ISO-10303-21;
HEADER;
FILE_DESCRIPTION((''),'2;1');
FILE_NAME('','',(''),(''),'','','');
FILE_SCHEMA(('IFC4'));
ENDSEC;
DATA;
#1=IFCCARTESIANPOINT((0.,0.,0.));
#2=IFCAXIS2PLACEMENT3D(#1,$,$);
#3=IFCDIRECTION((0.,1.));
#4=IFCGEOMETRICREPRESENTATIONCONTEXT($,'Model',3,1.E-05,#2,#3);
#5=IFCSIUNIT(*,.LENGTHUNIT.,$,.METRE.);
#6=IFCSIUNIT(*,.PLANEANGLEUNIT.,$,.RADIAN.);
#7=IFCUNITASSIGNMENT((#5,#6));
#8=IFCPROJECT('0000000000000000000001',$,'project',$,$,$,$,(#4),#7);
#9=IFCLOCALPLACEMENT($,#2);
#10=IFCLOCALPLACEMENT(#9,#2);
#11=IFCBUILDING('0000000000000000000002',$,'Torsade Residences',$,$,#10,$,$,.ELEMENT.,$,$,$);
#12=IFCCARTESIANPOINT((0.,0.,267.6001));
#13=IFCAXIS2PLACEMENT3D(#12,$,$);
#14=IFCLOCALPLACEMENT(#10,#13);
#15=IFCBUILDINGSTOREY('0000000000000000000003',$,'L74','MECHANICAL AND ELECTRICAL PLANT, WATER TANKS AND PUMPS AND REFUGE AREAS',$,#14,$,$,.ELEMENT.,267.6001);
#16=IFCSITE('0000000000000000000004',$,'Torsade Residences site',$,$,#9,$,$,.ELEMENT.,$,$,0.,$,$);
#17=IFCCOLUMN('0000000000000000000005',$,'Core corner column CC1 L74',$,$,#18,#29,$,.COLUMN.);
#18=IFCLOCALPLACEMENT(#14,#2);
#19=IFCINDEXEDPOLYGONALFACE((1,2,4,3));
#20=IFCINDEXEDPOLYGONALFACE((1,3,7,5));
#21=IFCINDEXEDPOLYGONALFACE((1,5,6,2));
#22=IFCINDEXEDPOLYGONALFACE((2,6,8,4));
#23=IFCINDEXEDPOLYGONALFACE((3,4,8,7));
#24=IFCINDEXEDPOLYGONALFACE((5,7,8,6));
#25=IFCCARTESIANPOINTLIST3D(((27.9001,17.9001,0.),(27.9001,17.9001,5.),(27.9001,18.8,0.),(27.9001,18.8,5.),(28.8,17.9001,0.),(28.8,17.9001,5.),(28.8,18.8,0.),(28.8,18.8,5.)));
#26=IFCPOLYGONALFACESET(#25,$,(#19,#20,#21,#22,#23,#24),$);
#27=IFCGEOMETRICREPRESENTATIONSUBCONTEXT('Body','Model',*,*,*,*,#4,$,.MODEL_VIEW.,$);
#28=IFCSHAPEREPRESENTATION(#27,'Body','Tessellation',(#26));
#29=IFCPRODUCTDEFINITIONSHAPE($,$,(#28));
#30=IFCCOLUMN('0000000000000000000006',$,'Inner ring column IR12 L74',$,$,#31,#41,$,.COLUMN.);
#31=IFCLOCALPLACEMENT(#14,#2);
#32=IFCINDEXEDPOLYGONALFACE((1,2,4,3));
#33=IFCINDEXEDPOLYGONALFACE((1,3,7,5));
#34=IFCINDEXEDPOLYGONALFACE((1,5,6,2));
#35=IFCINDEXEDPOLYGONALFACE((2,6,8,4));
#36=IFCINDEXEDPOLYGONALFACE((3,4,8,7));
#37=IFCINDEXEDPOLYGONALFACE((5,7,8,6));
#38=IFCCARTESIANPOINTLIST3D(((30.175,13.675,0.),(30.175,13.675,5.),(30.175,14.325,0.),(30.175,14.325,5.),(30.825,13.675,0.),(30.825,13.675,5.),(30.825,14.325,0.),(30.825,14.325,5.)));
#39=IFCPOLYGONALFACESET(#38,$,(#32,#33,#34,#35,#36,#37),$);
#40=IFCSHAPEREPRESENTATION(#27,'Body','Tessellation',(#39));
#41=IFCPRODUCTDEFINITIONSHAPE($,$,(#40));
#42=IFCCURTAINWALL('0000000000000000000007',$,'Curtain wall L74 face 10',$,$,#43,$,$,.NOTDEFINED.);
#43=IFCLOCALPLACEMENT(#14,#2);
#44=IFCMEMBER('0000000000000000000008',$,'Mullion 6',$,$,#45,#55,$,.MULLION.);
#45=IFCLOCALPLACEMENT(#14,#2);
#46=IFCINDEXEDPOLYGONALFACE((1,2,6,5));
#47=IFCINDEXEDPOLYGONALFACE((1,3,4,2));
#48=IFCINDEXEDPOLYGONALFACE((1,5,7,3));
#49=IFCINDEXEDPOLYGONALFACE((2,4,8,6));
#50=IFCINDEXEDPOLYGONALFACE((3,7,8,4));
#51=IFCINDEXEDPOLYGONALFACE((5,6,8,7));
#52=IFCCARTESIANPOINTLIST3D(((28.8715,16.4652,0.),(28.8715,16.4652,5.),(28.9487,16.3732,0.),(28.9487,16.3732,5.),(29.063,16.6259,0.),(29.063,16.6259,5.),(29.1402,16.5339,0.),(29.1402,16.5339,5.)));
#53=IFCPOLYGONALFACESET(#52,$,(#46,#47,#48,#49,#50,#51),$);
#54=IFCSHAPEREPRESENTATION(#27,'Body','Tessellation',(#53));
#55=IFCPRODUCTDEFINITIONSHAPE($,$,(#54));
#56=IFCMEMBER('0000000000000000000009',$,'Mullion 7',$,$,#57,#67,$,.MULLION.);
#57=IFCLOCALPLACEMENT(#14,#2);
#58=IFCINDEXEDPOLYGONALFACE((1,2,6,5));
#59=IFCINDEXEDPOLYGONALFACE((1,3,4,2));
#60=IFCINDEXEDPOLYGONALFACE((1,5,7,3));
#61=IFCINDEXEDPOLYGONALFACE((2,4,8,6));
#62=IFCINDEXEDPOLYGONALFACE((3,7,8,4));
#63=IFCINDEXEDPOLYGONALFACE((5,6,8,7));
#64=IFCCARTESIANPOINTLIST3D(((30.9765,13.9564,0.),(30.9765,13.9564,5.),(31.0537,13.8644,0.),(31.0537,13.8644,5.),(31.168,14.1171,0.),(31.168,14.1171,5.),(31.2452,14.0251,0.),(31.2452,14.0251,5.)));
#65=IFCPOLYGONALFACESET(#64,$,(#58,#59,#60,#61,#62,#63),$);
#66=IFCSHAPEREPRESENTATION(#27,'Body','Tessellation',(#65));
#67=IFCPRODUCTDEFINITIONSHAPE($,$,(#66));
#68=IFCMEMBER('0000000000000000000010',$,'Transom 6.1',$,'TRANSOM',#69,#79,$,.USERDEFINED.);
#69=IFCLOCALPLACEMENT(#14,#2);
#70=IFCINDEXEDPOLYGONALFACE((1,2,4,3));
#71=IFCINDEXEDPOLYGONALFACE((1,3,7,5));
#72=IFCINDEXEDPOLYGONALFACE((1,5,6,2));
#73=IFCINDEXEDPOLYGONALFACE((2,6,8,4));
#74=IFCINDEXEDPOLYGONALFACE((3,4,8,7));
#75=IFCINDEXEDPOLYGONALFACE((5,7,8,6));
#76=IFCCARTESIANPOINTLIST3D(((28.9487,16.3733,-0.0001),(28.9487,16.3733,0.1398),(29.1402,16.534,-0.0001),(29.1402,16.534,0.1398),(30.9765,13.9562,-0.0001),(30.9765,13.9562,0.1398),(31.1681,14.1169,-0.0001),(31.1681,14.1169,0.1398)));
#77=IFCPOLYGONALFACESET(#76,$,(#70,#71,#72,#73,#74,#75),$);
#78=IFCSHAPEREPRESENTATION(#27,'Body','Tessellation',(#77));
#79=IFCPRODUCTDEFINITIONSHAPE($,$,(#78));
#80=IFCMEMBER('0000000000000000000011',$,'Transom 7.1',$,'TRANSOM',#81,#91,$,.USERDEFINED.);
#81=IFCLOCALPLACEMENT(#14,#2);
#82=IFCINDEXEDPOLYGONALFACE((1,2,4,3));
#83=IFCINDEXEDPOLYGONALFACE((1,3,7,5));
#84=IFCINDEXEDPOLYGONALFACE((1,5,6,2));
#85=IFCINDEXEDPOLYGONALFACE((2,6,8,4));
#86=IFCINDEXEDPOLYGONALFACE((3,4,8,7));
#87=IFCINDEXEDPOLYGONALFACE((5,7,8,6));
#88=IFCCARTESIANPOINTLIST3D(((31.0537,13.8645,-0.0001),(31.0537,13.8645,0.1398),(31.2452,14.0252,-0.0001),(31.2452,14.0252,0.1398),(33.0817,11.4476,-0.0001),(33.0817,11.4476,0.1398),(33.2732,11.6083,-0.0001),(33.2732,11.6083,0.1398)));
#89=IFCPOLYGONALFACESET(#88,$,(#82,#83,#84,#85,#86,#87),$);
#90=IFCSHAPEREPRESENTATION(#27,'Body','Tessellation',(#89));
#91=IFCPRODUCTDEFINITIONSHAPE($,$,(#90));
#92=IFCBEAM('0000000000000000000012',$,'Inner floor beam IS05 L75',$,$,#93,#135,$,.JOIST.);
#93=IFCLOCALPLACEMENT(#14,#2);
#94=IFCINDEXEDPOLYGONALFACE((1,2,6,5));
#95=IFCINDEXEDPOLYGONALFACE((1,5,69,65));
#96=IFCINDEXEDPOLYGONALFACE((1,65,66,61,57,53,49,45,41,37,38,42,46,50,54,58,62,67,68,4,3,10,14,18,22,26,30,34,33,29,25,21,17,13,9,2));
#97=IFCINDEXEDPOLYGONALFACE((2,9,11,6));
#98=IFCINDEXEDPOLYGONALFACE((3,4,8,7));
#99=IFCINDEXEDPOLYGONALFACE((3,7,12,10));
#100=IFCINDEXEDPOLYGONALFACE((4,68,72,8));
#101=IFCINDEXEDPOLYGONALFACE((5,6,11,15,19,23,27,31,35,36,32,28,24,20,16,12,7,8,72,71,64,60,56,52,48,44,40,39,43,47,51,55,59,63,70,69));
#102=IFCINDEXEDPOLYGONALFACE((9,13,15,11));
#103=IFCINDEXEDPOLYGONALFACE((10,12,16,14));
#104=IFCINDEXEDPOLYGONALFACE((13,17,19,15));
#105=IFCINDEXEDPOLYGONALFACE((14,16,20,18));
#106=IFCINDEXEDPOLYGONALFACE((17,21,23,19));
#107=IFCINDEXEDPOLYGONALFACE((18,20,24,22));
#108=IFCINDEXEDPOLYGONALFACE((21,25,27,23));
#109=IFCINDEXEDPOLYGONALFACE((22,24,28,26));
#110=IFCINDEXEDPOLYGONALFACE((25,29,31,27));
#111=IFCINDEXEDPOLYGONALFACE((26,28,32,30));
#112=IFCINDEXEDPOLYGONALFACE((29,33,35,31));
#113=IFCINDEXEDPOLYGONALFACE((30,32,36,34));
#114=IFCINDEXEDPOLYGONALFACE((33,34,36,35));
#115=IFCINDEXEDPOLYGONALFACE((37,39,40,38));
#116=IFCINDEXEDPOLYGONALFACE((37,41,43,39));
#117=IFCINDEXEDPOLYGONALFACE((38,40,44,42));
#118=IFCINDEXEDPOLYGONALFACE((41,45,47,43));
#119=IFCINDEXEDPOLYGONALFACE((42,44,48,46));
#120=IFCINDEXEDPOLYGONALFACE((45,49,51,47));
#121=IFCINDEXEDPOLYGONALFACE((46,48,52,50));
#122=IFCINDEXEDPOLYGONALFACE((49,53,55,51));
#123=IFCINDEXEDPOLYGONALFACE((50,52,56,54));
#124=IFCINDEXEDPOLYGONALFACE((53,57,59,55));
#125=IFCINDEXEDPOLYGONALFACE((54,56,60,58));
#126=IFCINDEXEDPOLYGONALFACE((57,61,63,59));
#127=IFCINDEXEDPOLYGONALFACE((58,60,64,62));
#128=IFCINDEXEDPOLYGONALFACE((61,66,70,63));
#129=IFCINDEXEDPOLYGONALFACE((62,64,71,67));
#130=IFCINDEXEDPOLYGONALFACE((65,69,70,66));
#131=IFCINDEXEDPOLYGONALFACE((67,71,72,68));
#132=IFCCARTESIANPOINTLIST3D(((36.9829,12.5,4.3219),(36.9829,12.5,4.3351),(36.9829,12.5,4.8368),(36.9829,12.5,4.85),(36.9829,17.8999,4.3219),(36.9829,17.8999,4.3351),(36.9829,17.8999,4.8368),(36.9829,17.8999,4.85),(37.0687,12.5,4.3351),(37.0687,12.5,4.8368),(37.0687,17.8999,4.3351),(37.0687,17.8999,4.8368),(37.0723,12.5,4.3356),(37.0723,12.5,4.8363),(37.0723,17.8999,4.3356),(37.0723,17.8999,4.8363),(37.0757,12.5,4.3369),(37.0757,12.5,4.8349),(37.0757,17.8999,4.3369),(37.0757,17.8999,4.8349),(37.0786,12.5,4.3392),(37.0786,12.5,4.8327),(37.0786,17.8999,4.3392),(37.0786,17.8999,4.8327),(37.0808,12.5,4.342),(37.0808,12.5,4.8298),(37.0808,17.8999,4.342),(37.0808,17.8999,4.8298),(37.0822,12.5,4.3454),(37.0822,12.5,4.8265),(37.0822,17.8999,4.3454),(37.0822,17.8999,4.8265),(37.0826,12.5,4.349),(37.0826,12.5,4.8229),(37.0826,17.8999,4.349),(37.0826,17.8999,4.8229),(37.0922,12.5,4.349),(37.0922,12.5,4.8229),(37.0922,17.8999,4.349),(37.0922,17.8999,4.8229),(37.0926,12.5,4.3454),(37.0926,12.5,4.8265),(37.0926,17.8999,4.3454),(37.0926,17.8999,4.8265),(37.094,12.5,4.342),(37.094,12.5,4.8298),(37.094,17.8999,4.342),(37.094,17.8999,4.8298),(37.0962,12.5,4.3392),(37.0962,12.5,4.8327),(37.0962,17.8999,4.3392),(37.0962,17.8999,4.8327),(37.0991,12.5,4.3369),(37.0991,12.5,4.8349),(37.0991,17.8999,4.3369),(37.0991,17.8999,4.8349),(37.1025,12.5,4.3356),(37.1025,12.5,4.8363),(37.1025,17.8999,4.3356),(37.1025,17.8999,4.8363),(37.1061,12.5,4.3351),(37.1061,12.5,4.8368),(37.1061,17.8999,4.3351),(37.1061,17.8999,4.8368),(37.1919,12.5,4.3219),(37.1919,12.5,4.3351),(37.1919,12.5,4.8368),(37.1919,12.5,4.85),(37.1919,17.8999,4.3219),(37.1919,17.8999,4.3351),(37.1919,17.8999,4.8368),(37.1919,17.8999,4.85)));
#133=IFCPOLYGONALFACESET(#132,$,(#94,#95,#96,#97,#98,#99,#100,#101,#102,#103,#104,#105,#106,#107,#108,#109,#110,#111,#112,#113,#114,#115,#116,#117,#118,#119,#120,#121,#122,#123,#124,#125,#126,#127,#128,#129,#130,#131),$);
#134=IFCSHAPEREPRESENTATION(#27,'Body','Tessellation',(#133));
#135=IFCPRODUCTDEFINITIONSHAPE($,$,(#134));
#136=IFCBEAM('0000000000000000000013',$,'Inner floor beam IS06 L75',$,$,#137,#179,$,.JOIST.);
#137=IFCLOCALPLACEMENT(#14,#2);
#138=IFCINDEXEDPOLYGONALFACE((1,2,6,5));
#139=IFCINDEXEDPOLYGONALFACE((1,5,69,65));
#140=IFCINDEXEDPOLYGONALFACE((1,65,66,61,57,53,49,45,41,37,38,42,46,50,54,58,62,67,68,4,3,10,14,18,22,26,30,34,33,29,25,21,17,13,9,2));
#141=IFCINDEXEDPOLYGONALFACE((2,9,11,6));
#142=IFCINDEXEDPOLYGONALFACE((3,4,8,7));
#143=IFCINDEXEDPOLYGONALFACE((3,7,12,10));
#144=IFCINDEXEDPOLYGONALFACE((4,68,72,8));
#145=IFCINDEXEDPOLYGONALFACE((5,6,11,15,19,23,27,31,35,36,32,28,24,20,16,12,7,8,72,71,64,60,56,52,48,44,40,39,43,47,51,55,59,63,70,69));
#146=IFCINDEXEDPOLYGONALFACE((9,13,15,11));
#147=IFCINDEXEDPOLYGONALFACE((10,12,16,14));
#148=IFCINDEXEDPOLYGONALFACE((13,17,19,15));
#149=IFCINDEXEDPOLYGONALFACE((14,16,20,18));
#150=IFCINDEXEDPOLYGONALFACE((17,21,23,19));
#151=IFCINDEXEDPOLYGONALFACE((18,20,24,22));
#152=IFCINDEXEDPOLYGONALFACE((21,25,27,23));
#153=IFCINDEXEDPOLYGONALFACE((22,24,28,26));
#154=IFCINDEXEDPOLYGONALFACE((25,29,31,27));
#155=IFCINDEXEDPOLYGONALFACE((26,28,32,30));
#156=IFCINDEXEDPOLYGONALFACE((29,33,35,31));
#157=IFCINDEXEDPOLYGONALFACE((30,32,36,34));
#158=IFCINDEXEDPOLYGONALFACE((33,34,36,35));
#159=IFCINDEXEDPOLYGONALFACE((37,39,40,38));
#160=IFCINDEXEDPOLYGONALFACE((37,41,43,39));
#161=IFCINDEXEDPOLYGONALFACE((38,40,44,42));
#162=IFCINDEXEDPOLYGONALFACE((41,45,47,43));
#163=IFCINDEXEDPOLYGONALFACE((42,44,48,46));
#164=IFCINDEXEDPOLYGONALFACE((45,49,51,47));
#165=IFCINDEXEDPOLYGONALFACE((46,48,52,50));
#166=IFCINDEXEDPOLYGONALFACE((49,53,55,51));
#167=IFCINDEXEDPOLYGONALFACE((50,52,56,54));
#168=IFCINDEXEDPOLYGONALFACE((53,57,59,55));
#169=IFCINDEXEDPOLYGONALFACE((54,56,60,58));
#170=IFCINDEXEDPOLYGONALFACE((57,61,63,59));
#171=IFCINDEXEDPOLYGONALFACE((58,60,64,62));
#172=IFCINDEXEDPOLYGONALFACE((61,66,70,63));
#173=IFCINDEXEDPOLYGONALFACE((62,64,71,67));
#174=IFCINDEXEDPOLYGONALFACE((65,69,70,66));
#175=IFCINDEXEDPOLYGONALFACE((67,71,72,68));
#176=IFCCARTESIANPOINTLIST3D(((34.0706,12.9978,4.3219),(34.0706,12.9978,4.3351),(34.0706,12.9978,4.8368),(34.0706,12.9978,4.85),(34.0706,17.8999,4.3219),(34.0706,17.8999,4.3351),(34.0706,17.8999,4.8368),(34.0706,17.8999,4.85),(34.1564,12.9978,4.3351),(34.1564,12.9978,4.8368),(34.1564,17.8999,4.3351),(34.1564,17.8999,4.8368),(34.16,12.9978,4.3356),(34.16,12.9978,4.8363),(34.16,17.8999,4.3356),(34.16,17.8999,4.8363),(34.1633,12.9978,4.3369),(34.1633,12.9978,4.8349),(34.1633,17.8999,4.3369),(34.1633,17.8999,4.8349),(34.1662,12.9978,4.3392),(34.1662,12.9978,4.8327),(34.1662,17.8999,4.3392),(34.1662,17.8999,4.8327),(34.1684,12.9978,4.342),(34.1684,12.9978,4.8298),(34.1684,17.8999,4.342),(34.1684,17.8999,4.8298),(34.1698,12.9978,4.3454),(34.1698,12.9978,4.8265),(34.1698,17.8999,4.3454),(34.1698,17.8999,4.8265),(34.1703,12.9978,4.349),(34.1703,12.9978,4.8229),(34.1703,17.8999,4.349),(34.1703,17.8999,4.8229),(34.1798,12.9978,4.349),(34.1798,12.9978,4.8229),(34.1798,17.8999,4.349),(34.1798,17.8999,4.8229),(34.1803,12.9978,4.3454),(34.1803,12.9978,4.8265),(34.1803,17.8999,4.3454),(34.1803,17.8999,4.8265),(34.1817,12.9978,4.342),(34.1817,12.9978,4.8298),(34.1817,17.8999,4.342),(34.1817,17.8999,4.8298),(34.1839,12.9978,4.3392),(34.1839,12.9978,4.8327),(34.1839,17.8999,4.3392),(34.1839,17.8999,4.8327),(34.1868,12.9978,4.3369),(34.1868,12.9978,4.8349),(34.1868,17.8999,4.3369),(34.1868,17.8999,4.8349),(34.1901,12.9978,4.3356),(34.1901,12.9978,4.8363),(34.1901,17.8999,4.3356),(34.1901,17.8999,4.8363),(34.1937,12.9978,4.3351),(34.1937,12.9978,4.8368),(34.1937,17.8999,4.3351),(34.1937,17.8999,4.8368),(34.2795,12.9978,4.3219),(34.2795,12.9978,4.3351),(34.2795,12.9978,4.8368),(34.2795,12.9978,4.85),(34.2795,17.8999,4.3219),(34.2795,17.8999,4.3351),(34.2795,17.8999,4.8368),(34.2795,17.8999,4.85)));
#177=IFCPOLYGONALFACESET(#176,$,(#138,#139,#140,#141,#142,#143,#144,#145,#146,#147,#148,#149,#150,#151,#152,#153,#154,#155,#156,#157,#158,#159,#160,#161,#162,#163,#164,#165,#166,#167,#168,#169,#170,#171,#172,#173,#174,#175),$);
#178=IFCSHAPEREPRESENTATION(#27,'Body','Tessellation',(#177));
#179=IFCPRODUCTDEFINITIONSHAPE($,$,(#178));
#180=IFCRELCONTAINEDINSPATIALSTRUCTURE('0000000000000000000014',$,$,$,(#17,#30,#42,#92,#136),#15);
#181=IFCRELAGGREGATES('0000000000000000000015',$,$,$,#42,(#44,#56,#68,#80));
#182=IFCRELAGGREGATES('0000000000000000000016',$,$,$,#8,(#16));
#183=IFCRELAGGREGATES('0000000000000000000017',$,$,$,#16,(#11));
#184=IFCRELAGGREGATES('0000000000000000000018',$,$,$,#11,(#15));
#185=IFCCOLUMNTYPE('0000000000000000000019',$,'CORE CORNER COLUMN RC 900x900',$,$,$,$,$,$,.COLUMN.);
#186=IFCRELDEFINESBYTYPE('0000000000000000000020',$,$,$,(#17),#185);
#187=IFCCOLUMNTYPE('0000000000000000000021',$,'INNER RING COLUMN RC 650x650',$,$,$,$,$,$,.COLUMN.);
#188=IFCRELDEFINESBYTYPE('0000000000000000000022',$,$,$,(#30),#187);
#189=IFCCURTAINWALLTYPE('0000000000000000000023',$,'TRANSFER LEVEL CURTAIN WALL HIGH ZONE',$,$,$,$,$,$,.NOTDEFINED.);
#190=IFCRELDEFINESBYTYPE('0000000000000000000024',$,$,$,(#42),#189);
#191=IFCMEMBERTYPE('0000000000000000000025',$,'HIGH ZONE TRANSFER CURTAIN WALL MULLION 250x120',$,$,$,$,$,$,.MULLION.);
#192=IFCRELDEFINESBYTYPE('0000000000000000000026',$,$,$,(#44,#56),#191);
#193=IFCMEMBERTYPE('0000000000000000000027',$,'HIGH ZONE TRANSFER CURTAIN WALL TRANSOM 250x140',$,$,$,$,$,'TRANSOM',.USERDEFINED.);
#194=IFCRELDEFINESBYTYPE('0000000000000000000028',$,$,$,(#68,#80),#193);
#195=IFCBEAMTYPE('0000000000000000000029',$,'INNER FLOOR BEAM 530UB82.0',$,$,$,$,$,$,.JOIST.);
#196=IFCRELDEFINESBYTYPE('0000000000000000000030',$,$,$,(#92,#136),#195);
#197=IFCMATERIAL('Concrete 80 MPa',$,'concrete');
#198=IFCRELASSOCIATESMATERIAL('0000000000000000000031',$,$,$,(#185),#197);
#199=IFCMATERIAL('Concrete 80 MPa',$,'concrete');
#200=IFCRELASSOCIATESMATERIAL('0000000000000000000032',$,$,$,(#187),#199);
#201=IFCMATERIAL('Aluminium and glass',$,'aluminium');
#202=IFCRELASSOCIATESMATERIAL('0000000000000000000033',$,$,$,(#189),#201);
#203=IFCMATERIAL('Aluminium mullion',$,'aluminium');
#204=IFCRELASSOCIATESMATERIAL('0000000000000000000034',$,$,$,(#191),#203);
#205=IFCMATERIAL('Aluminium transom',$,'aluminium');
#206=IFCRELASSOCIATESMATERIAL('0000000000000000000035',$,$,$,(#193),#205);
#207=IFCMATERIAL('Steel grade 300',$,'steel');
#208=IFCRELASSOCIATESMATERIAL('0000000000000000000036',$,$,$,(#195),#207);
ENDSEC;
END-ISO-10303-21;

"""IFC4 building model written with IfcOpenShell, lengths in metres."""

from ifc_helpers import new_model, si_unit, direction, frame, origin, origin_2d, place, context, subcontext, project, spatial, rectangle, i_section, extrude, material, material_profile, profile_set, type_object, element, aggregate, save


model = new_model("IFC4")

# Units and contexts
model_context = context("Model", 3, precision=1e-05, world=origin(), true_north=direction((0.0, 1.0)))
body_context = subcontext(model_context, "Body", "Model", "MODEL_VIEW")
ifc_project = project(units=[si_unit("LENGTHUNIT", "METRE"), si_unit("PLANEANGLEUNIT", "RADIAN")], contexts=[model_context])

# Site, building, storey
site_placement = place(None, origin())
site = spatial("IfcSite", under=ifc_project, at=site_placement, Name="Torsade Residences site", CompositionType="ELEMENT", RefElevation=0.0)
building_placement = place(site_placement, origin())
building = spatial("IfcBuilding", under=site, at=building_placement, Name="Torsade Residences", CompositionType="ELEMENT")
storey_placement = place(building_placement, frame((0.0, 0.0, 267.6001)))
storey = spatial("IfcBuildingStorey", under=building, at=storey_placement, Name="L74", Description="MECHANICAL AND ELECTRICAL PLANT, WATER TANKS AND PUMPS AND REFUGE AREAS", CompositionType="ELEMENT", Elevation=267.6001)

# Columns
ifc_material_1 = material(Name="Concrete 80 MPa", Category="concrete")
ifc_material_profile_1 = material_profile(ifc_material_1, rectangle(XDim=0.8999, YDim=0.8999, at=origin_2d()), Name="RC 900x900")
ifc_profile_set_1 = profile_set([ifc_material_profile_1], Name="Concrete 80 MPa")
column_type_1 = type_object("IfcColumnType", Name="CORE CORNER COLUMN RC 900x900", PredefinedType="COLUMN", material=ifc_profile_set_1)
column_1_placement = place(storey_placement, frame((28.3501, 18.3501, 0.0), z_axis=(0.0, 0.0, 1.0), x_axis=(1.0, 0.0, 0.0)))
element("IfcColumn", 1, at=column_1_placement, inside=storey, type_object=column_type_1, Name="Core corner column CC1 L74", PredefinedType="COLUMN", context=body_context, shape_type="SweptSolid", body=[
    extrude(rectangle(XDim=0.8999, YDim=0.8999, at=origin_2d()), origin(), (0.0, 0.0, 1.0), 5.0),
])
ifc_material_2 = material(Name="Concrete 80 MPa", Category="concrete")
ifc_material_profile_2 = material_profile(ifc_material_2, rectangle(XDim=0.6499, YDim=0.6499, at=origin_2d()), Name="RC 650x650")
ifc_profile_set_2 = profile_set([ifc_material_profile_2], Name="Concrete 80 MPa")
column_type_2 = type_object("IfcColumnType", Name="INNER RING COLUMN RC 650x650", PredefinedType="COLUMN", material=ifc_profile_set_2)
column_2_placement = place(storey_placement, frame((30.5, 14.0, 0.0), z_axis=(0.0, 0.0, 1.0), x_axis=(1.0, 0.0, 0.0)))
element("IfcColumn", 2, at=column_2_placement, inside=storey, type_object=column_type_2, Name="Inner ring column IR12 L74", PredefinedType="COLUMN", context=body_context, shape_type="SweptSolid", body=[
    extrude(rectangle(XDim=0.6499, YDim=0.6499, at=origin_2d()), origin(), (0.0, 0.0, 1.0), 5.0),
])

# Curtain wall, members
ifc_material_3 = material(Name="Aluminium and glass", Category="aluminium")
curtain_wall_type = type_object("IfcCurtainWallType", Name="TRANSFER LEVEL CURTAIN WALL HIGH ZONE", PredefinedType="NOTDEFINED", material=ifc_material_3)
curtain_wall_placement = place(storey_placement, origin())
curtain_wall = element("IfcCurtainWall", 3, at=curtain_wall_placement, inside=storey, type_object=curtain_wall_type, Name="Curtain wall L74 face 10", PredefinedType="NOTDEFINED")
ifc_material_4 = material(Name="Aluminium mullion", Category="aluminium")
ifc_material_profile_3 = material_profile(ifc_material_4, rectangle(XDim=0.25, YDim=0.1201, at=origin_2d()), Name="HIGH ZONE TRANSFER CURTAIN WALL MULLION 250x120")
ifc_profile_set_3 = profile_set([ifc_material_profile_3], Name="Aluminium mullion")
member_type_1 = type_object("IfcMemberType", Name="HIGH ZONE TRANSFER CURTAIN WALL MULLION 250x120", PredefinedType="MULLION", material=ifc_profile_set_3)
member_1_placement = place(storey_placement, frame((29.0059, 16.4995, 0.0), z_axis=(0.0, 0.0, 1.0), x_axis=(0.766044, 0.642788, 0.0)))
member_1 = element("IfcMember", 4, at=member_1_placement, type_object=member_type_1, Name="Mullion 6", PredefinedType="MULLION", context=body_context, shape_type="SweptSolid", body=[
    extrude(rectangle(XDim=0.25, YDim=0.1201, at=origin_2d()), origin(), (0.0, 0.0, 1.0), 5.0),
])
member_2_placement = place(storey_placement, frame((31.1108, 13.9907, 0.0), z_axis=(0.0, 0.0, 1.0), x_axis=(0.766044, 0.642788, 0.0)))
member_2 = element("IfcMember", 5, at=member_2_placement, type_object=member_type_1, Name="Mullion 7", PredefinedType="MULLION", context=body_context, shape_type="SweptSolid", body=[
    extrude(rectangle(XDim=0.25, YDim=0.1201, at=origin_2d()), origin(), (0.0, 0.0, 1.0), 5.0),
])
ifc_material_5 = material(Name="Aluminium transom", Category="aluminium")
ifc_material_profile_4 = material_profile(ifc_material_5, rectangle(XDim=0.25, YDim=0.1399, at=origin_2d()), Name="HIGH ZONE TRANSFER CURTAIN WALL TRANSOM 250x140")
ifc_profile_set_4 = profile_set([ifc_material_profile_4], Name="Aluminium transom")
member_type_2 = type_object("IfcMemberType", Name="HIGH ZONE TRANSFER CURTAIN WALL TRANSOM 250x140", ElementType="TRANSOM", PredefinedType="USERDEFINED", material=ifc_profile_set_4)
member_3_placement = place(storey_placement, frame((29.0444, 16.4536, 0.0698), z_axis=(0.642738, -0.766086, 0.0), x_axis=(0.766086, 0.642738, 0.0)))
member_3 = element("IfcMember", 6, at=member_3_placement, type_object=member_type_2, Name="Transom 6.1", ObjectType="TRANSOM", PredefinedType="USERDEFINED", context=body_context, shape_type="SweptSolid", body=[
    extrude(rectangle(XDim=0.25, YDim=0.1399, at=origin_2d()), origin(), (0.0, 0.0, 1.0), 3.155),
])
member_4_placement = place(storey_placement, frame((31.1494, 13.9448, 0.0698), z_axis=(0.642784, -0.766048, 0.0), x_axis=(0.766048, 0.642784, 0.0)))
member_4 = element("IfcMember", 7, at=member_4_placement, type_object=member_type_2, Name="Transom 7.1", ObjectType="TRANSOM", PredefinedType="USERDEFINED", context=body_context, shape_type="SweptSolid", body=[
    extrude(rectangle(XDim=0.25, YDim=0.1399, at=origin_2d()), origin(), (0.0, 0.0, 1.0), 3.155),
])

# Beams
ifc_material_6 = material(Name="Steel grade 300", Category="steel")
ifc_material_profile_5 = material_profile(ifc_material_6, i_section(OverallWidth=0.209, OverallDepth=0.5281, WebThickness=0.0095, FlangeThickness=0.0132, FilletRadius=0.0139, at=origin_2d()), Name="530UB82.0")
ifc_profile_set_5 = profile_set([ifc_material_profile_5], Name="Steel grade 300")
beam_type_1 = type_object("IfcBeamType", Name="INNER FLOOR BEAM 530UB82.0", PredefinedType="JOIST", material=ifc_profile_set_5)
beam_1_placement = place(storey_placement, frame((37.0874, 17.8999, 4.5859), z_axis=(0.0, -1.0, 0.0), x_axis=(1.0, 0.0, 0.0)))
element("IfcBeam", 8, at=beam_1_placement, inside=storey, type_object=beam_type_1, Name="Inner floor beam IS05 L75", PredefinedType="JOIST", context=body_context, shape_type="SweptSolid", body=[
    extrude(i_section(OverallWidth=0.209, OverallDepth=0.5281, WebThickness=0.0095, FlangeThickness=0.0132, FilletRadius=0.0139, at=origin_2d()), origin(), (0.0, 0.0, 1.0), 5.3999),
])
beam_2_placement = place(storey_placement, frame((34.175, 17.8999, 4.5859), z_axis=(0.0, -1.0, 0.0), x_axis=(1.0, 0.0, 0.0)))
element("IfcBeam", 9, at=beam_2_placement, inside=storey, type_object=beam_type_1, Name="Inner floor beam IS06 L75", PredefinedType="JOIST", context=body_context, shape_type="SweptSolid", body=[
    extrude(i_section(OverallWidth=0.209, OverallDepth=0.5281, WebThickness=0.0095, FlangeThickness=0.0132, FilletRadius=0.0139, at=origin_2d()), origin(), (0.0, 0.0, 1.0), 4.9021),
])

aggregate(curtain_wall, [member_1, member_2, member_3, member_4])

save(model, "model.ifc")
